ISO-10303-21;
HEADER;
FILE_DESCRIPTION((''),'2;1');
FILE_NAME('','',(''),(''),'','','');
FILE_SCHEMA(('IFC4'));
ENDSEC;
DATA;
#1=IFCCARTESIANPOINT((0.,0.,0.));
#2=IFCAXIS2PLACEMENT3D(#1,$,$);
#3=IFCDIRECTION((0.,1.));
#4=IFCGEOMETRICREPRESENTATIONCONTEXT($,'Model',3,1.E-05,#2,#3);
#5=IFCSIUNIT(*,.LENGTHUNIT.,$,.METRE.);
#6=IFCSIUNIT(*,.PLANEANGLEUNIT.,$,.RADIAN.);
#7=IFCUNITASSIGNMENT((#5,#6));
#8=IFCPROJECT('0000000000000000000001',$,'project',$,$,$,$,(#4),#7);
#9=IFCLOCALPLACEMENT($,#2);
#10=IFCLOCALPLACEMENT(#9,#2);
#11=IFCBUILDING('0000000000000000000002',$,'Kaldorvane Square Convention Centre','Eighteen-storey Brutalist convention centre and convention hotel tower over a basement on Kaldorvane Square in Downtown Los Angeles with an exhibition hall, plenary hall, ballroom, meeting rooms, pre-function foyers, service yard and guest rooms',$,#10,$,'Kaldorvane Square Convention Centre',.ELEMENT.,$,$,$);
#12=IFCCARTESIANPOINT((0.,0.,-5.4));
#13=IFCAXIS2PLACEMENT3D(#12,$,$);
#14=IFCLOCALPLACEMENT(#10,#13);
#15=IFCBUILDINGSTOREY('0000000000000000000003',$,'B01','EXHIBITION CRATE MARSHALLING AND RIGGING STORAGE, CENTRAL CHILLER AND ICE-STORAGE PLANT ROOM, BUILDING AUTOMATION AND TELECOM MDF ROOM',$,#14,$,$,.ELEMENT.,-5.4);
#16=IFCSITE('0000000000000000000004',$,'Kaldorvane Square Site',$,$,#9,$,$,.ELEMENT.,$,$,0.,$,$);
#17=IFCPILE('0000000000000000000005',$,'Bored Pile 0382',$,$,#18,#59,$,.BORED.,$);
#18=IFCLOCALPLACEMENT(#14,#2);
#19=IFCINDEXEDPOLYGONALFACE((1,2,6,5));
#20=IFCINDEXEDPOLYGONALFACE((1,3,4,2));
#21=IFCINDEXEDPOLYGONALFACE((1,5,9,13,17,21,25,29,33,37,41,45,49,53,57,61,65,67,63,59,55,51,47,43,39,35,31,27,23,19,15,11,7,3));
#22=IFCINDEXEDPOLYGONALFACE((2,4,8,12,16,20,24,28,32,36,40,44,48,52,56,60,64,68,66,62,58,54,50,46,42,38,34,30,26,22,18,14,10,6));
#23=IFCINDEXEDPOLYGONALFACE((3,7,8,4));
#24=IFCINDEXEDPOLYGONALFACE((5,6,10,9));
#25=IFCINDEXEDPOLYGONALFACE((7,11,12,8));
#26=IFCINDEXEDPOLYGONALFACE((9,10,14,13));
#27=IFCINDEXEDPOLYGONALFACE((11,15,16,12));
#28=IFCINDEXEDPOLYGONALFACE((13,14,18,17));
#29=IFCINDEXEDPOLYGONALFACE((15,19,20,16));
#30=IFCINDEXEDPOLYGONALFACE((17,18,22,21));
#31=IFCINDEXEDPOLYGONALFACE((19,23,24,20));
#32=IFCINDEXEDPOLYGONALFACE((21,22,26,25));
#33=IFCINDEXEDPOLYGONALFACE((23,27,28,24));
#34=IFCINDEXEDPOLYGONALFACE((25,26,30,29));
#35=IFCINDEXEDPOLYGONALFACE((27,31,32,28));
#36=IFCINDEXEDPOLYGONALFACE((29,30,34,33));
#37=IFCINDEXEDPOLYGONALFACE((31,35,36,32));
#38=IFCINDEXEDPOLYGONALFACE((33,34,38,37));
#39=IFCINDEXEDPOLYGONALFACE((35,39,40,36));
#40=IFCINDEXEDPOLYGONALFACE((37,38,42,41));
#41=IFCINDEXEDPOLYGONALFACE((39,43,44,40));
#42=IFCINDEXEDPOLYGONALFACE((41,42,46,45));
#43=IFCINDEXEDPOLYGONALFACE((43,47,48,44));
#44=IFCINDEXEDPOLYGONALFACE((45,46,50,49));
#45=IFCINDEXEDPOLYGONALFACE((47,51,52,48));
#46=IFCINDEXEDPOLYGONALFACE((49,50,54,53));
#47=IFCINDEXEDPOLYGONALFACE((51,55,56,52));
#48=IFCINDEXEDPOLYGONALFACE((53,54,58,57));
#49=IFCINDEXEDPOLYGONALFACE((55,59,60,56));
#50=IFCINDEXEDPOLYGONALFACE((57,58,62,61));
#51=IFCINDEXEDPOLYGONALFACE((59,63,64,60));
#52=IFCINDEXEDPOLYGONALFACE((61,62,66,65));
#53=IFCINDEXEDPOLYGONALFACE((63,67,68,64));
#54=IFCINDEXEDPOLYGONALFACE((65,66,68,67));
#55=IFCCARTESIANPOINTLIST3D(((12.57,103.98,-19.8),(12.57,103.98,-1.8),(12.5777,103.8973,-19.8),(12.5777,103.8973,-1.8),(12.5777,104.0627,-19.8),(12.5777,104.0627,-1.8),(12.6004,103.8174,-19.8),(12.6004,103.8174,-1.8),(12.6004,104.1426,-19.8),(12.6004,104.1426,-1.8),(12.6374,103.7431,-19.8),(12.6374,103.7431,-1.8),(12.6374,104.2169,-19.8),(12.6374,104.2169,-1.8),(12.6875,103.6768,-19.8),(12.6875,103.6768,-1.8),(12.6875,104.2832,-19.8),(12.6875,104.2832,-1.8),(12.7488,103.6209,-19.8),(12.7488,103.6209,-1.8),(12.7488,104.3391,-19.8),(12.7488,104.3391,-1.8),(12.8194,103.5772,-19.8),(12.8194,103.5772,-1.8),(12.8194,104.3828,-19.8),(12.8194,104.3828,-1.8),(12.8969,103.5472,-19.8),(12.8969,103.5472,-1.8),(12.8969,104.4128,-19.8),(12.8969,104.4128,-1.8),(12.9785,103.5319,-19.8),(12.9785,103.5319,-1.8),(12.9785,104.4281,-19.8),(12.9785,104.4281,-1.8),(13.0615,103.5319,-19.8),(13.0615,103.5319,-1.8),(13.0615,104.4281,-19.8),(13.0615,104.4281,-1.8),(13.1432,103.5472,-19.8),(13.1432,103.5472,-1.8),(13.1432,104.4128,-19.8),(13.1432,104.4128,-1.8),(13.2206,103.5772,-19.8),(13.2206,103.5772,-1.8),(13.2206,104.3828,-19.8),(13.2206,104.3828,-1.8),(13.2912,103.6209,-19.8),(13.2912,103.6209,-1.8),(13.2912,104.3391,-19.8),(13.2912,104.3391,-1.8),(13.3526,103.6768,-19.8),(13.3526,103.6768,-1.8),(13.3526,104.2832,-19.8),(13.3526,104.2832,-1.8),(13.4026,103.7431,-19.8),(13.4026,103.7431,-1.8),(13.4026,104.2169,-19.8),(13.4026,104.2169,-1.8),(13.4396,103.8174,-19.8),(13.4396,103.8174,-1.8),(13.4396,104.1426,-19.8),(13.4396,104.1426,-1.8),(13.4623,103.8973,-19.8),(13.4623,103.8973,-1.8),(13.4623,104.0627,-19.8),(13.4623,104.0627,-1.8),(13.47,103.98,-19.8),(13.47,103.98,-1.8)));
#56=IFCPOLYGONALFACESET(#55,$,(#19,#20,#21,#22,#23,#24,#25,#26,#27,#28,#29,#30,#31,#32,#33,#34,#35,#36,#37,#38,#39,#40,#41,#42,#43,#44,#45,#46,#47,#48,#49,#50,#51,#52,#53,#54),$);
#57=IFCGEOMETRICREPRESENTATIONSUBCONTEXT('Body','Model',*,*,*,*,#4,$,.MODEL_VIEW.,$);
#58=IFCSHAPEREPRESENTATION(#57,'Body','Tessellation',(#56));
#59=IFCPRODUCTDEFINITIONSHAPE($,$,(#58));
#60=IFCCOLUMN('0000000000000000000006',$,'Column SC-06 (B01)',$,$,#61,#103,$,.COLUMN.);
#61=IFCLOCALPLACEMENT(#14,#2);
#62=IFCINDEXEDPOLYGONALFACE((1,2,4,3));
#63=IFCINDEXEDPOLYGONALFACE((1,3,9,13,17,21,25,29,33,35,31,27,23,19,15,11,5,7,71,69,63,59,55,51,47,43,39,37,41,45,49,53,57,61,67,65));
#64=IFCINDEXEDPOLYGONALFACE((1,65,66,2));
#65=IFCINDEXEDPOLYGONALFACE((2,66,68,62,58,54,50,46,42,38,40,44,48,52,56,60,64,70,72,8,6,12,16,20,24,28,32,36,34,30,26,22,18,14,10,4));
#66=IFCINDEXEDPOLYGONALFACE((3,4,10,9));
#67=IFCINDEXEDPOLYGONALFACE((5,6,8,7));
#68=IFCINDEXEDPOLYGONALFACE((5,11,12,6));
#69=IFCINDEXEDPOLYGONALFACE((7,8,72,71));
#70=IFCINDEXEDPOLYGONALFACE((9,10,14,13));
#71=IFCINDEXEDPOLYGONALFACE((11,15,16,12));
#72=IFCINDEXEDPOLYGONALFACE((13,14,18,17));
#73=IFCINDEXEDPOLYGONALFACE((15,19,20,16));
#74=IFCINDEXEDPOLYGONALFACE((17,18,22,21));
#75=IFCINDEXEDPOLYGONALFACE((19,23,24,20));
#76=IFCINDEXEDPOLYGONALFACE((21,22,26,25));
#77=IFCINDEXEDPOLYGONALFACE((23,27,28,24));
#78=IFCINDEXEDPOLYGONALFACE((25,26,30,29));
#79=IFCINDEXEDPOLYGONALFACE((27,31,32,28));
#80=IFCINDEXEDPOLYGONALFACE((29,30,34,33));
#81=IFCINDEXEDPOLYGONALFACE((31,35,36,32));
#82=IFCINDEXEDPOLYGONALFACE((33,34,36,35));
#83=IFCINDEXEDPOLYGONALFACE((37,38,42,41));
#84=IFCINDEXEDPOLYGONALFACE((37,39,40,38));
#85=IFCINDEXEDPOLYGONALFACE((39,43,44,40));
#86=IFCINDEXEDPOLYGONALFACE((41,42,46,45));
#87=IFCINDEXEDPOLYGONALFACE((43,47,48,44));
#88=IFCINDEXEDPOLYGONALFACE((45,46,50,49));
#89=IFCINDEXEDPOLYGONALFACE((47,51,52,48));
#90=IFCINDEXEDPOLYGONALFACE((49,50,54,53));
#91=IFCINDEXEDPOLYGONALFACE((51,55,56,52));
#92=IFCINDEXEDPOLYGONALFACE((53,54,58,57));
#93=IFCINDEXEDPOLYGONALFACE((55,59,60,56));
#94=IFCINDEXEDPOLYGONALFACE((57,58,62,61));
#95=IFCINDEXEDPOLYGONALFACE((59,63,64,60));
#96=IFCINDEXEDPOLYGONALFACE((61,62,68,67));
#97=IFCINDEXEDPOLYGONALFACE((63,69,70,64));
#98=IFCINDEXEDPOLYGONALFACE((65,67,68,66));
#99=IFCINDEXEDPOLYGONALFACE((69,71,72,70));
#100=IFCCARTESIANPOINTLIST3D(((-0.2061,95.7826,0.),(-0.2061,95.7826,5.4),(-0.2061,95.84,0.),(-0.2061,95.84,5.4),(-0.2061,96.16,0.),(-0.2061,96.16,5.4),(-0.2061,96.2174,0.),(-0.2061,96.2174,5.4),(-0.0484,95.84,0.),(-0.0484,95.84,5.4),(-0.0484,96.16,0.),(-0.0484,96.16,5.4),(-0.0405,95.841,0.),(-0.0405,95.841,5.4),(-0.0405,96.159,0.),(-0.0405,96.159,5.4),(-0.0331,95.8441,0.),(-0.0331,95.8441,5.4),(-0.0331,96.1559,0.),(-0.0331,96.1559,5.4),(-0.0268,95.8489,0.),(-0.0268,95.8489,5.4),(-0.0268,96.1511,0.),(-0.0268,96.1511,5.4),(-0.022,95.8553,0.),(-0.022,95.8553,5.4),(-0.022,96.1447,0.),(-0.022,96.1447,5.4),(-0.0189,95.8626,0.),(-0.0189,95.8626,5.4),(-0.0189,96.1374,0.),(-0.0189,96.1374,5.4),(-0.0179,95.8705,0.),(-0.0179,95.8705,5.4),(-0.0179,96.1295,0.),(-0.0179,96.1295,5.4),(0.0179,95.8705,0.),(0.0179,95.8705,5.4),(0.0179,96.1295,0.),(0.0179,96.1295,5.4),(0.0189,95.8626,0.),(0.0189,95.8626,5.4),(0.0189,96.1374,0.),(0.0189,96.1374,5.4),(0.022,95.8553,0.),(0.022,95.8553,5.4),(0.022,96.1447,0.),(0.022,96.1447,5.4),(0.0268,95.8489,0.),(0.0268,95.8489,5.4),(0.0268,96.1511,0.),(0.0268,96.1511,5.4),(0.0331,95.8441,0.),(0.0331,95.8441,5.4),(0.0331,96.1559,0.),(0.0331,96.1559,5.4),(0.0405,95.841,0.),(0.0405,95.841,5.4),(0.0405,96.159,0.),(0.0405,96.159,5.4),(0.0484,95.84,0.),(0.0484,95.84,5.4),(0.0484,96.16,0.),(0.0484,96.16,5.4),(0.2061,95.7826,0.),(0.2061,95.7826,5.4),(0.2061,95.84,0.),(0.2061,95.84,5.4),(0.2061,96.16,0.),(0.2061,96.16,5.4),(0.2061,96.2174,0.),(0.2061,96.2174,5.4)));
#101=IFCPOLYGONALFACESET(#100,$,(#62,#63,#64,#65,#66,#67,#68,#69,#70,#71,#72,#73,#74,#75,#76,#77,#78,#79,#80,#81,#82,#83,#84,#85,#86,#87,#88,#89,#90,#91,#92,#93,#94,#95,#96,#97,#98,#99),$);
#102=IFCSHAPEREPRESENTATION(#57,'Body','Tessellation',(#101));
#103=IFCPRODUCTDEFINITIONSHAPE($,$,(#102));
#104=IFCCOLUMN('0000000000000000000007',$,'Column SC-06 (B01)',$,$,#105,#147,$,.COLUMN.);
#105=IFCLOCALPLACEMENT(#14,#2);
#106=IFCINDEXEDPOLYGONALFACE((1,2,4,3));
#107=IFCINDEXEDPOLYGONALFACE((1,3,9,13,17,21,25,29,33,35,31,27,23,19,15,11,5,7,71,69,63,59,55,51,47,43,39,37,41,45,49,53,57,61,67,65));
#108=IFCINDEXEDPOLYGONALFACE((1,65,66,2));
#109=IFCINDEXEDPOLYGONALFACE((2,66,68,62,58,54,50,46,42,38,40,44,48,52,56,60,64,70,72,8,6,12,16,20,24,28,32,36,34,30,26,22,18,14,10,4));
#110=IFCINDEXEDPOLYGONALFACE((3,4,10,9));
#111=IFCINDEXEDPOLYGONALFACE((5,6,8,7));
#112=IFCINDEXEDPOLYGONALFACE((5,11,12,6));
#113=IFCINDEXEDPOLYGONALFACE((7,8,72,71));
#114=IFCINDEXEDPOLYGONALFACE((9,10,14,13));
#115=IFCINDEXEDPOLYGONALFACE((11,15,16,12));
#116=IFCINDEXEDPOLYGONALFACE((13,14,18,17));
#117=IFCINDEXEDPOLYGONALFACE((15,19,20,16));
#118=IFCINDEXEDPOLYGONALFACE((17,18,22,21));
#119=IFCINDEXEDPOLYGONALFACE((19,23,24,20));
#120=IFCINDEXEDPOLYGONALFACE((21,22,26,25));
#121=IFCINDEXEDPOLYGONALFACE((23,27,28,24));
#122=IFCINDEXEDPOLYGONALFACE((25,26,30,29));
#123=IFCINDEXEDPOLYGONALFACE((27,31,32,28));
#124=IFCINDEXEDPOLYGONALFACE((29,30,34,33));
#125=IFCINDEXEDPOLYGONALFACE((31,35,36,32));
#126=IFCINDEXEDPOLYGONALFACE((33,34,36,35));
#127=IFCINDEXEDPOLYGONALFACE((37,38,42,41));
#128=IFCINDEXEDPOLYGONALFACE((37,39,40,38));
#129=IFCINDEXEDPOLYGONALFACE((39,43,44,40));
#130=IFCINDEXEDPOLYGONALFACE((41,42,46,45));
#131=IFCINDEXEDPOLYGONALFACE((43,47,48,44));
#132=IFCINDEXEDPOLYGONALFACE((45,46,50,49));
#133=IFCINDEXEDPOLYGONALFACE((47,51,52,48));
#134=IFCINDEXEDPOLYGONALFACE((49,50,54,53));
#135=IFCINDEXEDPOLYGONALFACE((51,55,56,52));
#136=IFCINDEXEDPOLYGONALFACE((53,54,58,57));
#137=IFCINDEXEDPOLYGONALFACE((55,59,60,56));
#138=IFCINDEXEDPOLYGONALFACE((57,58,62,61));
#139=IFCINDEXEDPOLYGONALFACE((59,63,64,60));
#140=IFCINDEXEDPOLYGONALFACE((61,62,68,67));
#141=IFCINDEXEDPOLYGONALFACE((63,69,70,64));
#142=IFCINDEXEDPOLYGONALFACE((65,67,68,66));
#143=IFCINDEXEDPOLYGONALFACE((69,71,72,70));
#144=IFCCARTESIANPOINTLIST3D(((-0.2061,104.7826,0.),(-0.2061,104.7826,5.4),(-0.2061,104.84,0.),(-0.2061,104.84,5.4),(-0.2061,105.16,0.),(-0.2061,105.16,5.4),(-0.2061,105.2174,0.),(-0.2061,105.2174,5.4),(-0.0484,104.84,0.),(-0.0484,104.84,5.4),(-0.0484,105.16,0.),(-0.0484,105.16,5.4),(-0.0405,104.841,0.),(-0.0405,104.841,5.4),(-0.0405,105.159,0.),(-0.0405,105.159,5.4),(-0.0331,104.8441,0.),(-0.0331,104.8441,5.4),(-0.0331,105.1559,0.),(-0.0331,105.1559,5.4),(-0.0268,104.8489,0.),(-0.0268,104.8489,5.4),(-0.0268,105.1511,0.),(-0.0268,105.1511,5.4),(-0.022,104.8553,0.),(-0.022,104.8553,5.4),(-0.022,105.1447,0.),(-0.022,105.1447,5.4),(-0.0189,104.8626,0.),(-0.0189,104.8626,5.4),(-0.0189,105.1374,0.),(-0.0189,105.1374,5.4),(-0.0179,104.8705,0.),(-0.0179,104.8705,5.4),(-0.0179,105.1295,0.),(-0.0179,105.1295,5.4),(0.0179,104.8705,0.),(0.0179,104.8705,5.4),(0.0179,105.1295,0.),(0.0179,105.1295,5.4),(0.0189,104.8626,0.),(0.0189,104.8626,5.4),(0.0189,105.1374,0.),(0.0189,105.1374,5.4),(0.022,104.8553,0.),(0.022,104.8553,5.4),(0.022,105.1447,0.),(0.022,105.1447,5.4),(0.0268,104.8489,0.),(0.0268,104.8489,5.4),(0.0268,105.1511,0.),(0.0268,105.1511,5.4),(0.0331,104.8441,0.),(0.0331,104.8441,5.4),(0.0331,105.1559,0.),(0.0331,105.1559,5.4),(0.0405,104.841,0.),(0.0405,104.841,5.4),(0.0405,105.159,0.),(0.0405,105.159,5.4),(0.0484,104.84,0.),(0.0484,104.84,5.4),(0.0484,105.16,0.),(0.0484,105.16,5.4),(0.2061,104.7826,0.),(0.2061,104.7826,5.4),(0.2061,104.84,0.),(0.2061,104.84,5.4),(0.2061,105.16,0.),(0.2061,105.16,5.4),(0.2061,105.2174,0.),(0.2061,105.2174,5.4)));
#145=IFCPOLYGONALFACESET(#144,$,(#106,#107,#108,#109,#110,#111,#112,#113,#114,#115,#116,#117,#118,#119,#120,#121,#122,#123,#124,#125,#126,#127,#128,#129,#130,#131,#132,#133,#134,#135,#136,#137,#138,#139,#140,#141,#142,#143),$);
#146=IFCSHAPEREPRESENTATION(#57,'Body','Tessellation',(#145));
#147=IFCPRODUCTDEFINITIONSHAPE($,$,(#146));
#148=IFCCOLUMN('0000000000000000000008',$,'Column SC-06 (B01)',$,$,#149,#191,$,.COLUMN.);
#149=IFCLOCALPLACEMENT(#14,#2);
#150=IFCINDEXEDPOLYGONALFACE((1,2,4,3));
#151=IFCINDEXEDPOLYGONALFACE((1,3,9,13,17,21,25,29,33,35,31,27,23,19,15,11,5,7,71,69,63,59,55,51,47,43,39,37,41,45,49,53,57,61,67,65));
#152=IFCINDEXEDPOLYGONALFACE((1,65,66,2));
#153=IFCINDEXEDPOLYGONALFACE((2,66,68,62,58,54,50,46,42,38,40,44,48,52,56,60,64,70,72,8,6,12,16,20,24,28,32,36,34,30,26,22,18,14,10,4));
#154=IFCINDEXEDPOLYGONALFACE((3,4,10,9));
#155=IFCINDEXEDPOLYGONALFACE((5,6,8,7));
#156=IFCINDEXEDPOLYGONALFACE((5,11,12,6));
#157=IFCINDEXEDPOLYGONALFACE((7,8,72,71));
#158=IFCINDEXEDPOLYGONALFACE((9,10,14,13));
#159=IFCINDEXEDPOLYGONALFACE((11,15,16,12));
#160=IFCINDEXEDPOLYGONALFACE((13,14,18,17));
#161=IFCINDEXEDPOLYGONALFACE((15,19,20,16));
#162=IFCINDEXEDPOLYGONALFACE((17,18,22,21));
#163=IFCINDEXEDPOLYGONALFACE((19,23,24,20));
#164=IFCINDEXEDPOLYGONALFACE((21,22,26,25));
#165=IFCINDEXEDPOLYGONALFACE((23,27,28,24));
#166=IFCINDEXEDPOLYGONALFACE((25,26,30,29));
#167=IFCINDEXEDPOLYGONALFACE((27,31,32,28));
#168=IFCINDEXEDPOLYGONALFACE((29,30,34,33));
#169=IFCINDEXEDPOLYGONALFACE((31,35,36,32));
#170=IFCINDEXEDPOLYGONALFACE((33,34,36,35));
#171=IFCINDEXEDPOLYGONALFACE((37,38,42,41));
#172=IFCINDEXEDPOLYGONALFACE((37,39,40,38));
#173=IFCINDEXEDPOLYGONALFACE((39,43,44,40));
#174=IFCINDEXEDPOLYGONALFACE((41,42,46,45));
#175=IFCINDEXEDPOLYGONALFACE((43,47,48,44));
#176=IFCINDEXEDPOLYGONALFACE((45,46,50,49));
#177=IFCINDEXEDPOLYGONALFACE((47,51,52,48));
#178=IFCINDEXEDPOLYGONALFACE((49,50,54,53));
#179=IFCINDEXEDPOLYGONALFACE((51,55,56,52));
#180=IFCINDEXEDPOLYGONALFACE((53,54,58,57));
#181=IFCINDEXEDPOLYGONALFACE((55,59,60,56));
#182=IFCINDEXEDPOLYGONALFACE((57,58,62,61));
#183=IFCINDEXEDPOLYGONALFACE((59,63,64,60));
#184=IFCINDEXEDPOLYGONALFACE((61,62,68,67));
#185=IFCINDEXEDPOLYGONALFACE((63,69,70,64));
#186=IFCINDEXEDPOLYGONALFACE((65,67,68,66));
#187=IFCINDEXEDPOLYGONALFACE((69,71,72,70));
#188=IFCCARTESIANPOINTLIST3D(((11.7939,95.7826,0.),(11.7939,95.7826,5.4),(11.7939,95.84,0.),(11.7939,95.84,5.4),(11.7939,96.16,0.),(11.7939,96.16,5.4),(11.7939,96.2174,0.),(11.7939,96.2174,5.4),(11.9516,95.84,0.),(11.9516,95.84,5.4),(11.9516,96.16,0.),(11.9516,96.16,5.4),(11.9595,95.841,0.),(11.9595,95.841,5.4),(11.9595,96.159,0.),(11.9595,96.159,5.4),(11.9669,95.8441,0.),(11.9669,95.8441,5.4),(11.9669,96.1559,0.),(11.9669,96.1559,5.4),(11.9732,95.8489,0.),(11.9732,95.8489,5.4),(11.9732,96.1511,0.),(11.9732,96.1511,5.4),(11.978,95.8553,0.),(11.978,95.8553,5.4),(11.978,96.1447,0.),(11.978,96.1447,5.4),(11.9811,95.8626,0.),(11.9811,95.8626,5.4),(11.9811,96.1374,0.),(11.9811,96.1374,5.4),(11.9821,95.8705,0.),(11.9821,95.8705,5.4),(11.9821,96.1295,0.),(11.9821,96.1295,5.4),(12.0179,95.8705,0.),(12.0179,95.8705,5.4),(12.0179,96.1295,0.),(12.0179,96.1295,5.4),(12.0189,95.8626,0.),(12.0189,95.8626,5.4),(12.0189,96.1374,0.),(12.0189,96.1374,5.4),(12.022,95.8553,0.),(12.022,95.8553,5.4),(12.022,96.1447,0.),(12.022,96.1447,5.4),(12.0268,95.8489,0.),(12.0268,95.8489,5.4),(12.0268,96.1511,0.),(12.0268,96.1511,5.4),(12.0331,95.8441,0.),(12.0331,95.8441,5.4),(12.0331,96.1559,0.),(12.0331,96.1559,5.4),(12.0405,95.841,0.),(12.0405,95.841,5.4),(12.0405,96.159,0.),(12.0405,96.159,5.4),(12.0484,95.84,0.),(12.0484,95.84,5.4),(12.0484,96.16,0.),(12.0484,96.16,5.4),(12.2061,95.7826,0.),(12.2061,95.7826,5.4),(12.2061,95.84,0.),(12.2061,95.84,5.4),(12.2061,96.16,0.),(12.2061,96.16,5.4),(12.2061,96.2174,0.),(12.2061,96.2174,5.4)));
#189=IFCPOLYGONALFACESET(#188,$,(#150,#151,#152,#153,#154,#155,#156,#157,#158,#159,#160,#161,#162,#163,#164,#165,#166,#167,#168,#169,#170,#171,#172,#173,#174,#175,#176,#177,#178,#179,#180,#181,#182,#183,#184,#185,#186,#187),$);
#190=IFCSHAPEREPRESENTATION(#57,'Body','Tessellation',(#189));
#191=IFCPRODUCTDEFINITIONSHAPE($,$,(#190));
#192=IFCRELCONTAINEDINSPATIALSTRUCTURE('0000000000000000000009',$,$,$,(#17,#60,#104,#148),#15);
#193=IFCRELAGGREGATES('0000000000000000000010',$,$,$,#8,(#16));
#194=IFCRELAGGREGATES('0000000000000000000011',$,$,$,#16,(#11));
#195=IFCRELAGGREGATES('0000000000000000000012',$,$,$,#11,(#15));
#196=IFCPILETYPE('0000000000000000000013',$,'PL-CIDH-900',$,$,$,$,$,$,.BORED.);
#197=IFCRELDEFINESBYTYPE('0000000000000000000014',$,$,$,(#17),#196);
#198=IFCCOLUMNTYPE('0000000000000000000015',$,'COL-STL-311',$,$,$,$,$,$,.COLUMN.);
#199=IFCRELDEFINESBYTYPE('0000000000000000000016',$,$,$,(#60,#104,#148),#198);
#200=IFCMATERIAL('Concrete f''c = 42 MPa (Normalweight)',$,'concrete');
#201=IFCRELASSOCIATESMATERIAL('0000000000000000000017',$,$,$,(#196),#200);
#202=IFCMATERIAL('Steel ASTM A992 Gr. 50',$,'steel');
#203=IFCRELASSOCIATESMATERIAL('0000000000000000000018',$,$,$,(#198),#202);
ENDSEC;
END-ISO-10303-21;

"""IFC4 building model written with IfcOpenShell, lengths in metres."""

from ifc_helpers import new_model, si_unit, direction, frame, origin, origin_2d, place, context, subcontext, project, spatial, circle, i_section, extrude, material, material_profile, profile_set, type_object, element, save


model = new_model("IFC4")

# Units and contexts
model_context = context("Model", 3, precision=1e-05, world=origin(), true_north=direction((0.0, 1.0)))
body_context = subcontext(model_context, "Body", "Model", "MODEL_VIEW")
ifc_project = project(units=[si_unit("LENGTHUNIT", "METRE"), si_unit("PLANEANGLEUNIT", "RADIAN")], contexts=[model_context])

# Site, building, storey
site_placement = place(None, origin())
site = spatial("IfcSite", under=ifc_project, at=site_placement, Name="Kaldorvane Square Site", CompositionType="ELEMENT", RefElevation=0.0)
building_placement = place(site_placement, origin())
building = spatial("IfcBuilding", under=site, at=building_placement, Name="Kaldorvane Square Convention Centre", Description="Eighteen-storey Brutalist convention centre and convention hotel tower over a basement on Kaldorvane Square in Downtown Los Angeles with an exhibition hall, plenary hall, ballroom, meeting rooms, pre-function foyers, service yard and guest rooms", LongName="Kaldorvane Square Convention Centre", CompositionType="ELEMENT")
storey_placement = place(building_placement, frame((0.0, 0.0, -5.4)))
storey = spatial("IfcBuildingStorey", under=building, at=storey_placement, Name="B01", Description="EXHIBITION CRATE MARSHALLING AND RIGGING STORAGE, CENTRAL CHILLER AND ICE-STORAGE PLANT ROOM, BUILDING AUTOMATION AND TELECOM MDF ROOM", CompositionType="ELEMENT", Elevation=-5.4)

# Shared definitions
ifc_material_1 = material(Name="Concrete f'c = 42 MPa (Normalweight)", Category="concrete")

# Pile
ifc_material_profile_1 = material_profile(ifc_material_1, circle(Radius=0.45, at=origin_2d()), Name="PILE-D900")
ifc_profile_set_1 = profile_set([ifc_material_profile_1], Name="Concrete f'c = 42 MPa (Normalweight)")
pile_type_1 = type_object("IfcPileType", Name="PL-CIDH-900", PredefinedType="BORED", material=ifc_profile_set_1)
for number, where, z_axis, x_axis, name in (
    (1, (13.02, 103.98, -1.8), (0.0, 0.0, -1.0), (1.0, 0.0, 0.0), "Bored Pile 0382"),
):
    element("IfcPile", number, at=place(storey_placement, frame(where, z_axis=z_axis, x_axis=x_axis)), inside=storey, type_object=pile_type_1, Name=name, PredefinedType="BORED", context=body_context, shape_type="SweptSolid", body=[
        extrude(circle(Radius=0.45, at=origin_2d()), origin(), (0.0, 0.0, 1.0), 18.0),
    ])

# Columns
ifc_material_2 = material(Name="Steel ASTM A992 Gr. 50", Category="steel")
ifc_material_profile_2 = material_profile(ifc_material_2, i_section(OverallWidth=0.4122, OverallDepth=0.4348, WebThickness=0.0358, FlangeThickness=0.0574, FilletRadius=0.0305, at=origin_2d()), Name="W14X311")
ifc_profile_set_2 = profile_set([ifc_material_profile_2], Name="Steel ASTM A992 Gr. 50")
column_type_1 = type_object("IfcColumnType", Name="COL-STL-311", PredefinedType="COLUMN", material=ifc_profile_set_2)
for number, where, z_axis, x_axis, name in (
    (2, (0.0, 96.0, 0.0), (0.0, 0.0, 1.0), (1.0, 0.0, 0.0), "Column SC-06 (B01)"),
    (3, (0.0, 105.0, 0.0), (0.0, 0.0, 1.0), (1.0, 0.0, 0.0), "Column SC-06 (B01)"),
    (4, (12.0, 96.0, 0.0), (0.0, 0.0, 1.0), (1.0, 0.0, 0.0), "Column SC-06 (B01)"),
):
    element("IfcColumn", number, at=place(storey_placement, frame(where, z_axis=z_axis, x_axis=x_axis)), inside=storey, type_object=column_type_1, Name=name, PredefinedType="COLUMN", context=body_context, shape_type="SweptSolid", body=[
        extrude(i_section(OverallWidth=0.4122, OverallDepth=0.4348, WebThickness=0.0358, FlangeThickness=0.0574, FilletRadius=0.0305, at=origin_2d()), origin(), (0.0, 0.0, 1.0), 5.4),
    ])

save(model, "model.ifc")
